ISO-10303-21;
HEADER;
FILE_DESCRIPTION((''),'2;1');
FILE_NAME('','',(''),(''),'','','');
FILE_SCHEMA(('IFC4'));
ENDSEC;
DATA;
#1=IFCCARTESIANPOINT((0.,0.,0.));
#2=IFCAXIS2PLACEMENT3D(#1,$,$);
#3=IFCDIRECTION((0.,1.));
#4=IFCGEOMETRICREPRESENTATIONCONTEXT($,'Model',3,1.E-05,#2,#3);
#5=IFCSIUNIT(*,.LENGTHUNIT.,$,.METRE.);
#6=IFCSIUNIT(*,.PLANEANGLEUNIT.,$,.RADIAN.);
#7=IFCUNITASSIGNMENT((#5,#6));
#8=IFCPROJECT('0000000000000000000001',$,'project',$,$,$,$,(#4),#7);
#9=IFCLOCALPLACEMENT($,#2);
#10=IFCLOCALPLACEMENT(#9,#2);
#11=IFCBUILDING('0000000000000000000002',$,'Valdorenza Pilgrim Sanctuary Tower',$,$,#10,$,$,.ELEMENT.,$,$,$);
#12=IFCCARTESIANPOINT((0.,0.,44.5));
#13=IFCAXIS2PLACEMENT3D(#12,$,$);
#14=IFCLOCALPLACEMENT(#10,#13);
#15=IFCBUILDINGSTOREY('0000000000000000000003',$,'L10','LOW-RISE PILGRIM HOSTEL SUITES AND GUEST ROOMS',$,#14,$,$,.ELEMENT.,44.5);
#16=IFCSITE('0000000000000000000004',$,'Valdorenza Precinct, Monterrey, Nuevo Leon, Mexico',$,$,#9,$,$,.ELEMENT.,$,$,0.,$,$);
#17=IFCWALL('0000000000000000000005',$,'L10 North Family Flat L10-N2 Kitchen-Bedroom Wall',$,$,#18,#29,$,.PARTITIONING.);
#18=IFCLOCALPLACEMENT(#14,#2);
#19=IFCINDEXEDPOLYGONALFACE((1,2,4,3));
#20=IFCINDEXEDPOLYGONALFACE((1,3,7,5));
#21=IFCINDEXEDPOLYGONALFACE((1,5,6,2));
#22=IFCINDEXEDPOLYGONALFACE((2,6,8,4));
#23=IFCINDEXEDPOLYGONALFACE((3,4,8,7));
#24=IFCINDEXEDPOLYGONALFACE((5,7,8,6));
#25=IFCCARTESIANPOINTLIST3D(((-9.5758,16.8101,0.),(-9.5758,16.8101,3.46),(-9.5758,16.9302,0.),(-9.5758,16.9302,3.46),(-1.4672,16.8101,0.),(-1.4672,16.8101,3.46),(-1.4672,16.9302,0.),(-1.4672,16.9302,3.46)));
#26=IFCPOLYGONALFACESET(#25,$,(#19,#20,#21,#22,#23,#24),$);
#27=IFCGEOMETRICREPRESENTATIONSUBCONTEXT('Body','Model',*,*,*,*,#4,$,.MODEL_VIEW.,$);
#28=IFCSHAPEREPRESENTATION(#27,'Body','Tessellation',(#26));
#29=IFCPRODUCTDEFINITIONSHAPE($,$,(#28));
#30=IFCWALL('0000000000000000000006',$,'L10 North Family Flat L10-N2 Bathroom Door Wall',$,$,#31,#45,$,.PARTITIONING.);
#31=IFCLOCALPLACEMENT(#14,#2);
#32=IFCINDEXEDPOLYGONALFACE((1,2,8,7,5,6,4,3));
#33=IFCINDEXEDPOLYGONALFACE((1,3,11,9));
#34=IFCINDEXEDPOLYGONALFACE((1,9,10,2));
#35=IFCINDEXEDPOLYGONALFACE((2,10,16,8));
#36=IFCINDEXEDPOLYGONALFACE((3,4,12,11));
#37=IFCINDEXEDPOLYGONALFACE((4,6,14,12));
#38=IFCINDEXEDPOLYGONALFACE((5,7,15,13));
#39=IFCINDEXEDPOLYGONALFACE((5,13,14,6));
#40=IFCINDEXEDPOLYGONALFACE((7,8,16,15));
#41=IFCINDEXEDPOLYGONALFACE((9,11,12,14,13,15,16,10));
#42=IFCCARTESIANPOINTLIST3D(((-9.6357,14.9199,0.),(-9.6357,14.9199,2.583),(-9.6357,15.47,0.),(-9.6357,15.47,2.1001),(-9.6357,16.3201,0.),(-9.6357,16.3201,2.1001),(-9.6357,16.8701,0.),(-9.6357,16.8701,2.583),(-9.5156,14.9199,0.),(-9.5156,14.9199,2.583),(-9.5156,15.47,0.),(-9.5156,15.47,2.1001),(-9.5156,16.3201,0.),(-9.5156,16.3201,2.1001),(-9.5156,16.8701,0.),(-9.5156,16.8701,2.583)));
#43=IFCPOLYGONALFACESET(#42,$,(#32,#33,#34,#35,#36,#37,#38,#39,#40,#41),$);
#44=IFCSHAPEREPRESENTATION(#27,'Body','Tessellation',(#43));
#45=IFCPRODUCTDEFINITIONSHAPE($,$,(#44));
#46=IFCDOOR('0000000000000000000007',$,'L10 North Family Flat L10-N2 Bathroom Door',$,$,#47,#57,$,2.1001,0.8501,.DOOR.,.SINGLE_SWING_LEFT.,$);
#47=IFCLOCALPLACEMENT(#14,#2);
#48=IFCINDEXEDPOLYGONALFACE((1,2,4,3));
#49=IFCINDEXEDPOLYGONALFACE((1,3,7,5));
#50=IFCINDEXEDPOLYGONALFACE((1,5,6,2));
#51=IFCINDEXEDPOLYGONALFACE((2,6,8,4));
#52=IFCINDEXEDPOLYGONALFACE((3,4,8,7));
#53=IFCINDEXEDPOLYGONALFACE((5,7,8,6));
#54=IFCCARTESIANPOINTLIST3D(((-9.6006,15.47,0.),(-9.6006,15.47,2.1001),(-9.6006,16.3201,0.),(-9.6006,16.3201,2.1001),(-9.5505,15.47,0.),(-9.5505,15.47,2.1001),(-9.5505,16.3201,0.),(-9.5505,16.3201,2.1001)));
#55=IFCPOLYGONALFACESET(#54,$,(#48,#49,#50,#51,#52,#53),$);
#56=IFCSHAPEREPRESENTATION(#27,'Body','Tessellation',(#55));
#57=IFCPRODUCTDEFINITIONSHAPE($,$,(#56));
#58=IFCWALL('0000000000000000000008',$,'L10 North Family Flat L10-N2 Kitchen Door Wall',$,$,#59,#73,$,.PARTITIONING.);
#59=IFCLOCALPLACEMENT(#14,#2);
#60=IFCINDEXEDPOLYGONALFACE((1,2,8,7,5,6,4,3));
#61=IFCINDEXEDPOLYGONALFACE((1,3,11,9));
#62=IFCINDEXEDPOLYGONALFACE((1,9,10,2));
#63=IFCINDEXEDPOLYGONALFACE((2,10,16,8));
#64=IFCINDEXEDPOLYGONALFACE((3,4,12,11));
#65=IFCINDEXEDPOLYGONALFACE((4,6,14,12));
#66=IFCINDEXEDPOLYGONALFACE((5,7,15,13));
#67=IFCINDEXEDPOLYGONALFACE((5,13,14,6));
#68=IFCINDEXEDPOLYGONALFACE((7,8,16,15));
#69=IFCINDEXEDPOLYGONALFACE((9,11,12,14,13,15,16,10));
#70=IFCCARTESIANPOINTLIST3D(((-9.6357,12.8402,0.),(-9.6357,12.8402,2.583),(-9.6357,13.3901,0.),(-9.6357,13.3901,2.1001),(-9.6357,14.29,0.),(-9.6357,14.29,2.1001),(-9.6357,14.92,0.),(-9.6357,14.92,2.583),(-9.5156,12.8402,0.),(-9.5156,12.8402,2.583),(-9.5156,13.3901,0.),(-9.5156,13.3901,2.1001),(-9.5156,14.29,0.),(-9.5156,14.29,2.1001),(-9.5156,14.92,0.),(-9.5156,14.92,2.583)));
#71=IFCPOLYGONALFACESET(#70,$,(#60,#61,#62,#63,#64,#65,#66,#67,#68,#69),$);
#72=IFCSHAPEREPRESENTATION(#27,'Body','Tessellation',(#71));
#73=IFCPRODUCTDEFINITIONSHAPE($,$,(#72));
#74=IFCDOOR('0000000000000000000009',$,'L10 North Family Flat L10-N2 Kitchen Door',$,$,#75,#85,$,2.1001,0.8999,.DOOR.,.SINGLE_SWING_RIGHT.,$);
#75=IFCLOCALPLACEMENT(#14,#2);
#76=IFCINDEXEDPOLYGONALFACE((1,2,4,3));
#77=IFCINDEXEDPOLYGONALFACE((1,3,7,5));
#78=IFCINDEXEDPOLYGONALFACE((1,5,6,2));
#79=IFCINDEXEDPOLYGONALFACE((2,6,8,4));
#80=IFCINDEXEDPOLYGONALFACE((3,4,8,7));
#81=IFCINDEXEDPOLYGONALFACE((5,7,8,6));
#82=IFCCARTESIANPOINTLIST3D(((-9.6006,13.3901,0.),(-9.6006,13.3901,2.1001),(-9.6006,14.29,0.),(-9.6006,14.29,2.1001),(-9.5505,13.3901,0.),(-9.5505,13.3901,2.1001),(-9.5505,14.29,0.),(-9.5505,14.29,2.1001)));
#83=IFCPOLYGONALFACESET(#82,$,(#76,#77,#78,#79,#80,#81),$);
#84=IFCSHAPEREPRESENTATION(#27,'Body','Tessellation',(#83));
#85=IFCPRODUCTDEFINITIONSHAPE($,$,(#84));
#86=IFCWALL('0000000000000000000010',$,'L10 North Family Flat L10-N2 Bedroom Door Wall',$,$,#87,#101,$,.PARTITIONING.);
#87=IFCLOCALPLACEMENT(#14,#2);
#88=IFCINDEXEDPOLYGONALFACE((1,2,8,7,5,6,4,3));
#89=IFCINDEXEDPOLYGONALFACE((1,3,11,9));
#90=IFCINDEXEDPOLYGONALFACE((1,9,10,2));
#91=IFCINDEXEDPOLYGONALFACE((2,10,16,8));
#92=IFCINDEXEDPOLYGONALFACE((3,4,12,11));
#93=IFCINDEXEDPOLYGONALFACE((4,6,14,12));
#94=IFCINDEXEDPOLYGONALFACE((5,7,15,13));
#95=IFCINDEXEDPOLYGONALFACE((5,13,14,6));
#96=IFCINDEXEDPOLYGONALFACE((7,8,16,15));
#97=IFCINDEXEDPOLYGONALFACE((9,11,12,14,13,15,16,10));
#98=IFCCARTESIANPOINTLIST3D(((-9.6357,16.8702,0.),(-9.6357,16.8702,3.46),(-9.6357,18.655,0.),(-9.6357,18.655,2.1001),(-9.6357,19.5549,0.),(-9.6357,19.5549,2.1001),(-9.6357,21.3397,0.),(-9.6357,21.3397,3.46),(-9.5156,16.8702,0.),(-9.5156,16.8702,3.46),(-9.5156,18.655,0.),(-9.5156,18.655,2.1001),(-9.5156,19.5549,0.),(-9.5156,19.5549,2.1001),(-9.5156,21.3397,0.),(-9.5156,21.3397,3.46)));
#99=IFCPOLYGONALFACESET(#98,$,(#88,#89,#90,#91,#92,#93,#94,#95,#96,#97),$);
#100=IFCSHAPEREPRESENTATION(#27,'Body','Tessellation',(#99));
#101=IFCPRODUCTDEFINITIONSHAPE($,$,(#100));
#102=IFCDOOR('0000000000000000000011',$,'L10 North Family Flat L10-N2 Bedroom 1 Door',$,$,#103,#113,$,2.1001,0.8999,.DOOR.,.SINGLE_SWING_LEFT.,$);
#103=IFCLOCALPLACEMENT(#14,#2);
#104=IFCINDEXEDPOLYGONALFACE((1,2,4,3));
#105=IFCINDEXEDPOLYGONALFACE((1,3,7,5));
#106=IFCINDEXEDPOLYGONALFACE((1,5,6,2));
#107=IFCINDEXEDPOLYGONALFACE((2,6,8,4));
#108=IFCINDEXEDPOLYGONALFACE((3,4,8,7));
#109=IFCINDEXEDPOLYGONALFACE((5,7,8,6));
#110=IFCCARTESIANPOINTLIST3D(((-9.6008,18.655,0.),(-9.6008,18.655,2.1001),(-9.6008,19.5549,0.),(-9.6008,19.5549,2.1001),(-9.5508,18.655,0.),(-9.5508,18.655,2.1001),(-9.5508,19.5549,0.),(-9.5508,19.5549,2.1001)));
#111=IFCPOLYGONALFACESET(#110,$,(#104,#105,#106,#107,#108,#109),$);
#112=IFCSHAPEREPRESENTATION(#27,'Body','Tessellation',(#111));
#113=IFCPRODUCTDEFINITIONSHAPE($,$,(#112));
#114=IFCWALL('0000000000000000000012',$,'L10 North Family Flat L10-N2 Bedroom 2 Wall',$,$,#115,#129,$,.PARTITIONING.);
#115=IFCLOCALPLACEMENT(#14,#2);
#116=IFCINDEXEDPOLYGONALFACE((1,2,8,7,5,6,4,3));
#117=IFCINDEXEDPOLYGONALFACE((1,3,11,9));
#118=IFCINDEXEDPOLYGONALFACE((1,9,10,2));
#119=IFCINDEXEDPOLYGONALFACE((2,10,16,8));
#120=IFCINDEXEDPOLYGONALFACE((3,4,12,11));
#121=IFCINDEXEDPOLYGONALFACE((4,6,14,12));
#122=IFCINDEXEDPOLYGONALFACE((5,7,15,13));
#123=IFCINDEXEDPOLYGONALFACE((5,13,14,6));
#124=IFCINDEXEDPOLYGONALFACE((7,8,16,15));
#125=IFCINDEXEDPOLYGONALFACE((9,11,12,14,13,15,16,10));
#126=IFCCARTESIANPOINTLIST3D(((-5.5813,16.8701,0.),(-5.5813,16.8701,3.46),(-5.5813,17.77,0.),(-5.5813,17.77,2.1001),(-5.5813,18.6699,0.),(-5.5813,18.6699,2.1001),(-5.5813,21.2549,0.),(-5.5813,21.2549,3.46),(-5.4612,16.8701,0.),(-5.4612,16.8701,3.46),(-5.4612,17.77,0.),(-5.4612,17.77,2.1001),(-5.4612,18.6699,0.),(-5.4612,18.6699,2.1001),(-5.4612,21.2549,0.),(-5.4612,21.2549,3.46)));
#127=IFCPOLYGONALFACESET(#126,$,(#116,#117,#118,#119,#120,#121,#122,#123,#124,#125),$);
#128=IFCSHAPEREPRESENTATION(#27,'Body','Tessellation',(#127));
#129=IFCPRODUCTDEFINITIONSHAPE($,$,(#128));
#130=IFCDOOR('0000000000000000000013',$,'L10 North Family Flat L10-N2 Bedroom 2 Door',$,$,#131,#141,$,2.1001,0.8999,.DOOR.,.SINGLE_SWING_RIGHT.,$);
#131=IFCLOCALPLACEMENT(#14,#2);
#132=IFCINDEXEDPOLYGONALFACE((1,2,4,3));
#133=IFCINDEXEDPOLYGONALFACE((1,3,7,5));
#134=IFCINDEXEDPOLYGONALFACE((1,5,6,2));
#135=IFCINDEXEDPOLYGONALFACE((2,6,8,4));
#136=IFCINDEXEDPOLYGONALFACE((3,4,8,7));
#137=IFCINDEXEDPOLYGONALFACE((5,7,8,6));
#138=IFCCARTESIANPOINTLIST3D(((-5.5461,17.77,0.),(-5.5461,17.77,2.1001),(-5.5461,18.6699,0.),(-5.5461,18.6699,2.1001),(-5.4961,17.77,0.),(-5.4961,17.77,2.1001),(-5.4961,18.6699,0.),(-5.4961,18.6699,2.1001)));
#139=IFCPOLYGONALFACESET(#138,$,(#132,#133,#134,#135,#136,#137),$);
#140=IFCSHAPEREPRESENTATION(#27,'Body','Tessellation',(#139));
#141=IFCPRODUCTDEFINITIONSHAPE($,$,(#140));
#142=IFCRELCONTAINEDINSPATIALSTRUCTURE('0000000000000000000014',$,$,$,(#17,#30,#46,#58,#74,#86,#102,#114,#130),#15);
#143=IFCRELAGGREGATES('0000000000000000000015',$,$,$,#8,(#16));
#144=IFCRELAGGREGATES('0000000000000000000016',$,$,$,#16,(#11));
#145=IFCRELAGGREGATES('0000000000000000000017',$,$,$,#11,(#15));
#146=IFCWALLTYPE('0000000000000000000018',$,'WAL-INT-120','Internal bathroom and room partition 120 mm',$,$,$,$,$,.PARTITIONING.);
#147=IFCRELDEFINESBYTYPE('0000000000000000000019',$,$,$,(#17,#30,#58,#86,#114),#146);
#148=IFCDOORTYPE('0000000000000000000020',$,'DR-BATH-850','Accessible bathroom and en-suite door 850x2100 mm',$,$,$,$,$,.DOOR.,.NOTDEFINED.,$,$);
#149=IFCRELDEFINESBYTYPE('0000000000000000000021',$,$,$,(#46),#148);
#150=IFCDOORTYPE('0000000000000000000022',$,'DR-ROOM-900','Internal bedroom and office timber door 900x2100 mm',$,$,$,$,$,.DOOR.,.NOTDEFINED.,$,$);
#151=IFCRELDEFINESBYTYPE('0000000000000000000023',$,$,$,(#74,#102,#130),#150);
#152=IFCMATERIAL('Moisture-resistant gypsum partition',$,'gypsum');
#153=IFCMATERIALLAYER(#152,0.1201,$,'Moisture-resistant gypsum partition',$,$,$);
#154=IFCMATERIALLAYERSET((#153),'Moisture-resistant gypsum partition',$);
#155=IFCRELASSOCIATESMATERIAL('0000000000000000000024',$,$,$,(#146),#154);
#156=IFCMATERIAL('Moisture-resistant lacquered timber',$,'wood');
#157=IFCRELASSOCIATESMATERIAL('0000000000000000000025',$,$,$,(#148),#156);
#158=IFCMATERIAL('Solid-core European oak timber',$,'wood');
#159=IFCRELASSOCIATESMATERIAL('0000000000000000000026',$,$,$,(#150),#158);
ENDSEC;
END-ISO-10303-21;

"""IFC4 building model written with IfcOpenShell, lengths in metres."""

from ifc_helpers import new_model, si_unit, direction, frame, frame_2d, origin, place, context, subcontext, project, spatial, rectangle, extrude, material, layer, layer_set, type_object, element, fill, save


model = new_model("IFC4")

# Units and contexts
model_context = context("Model", 3, precision=1e-05, world=origin(), true_north=direction((0.0, 1.0)))
body_context = subcontext(model_context, "Body", "Model", "MODEL_VIEW")
ifc_project = project(units=[si_unit("LENGTHUNIT", "METRE"), si_unit("PLANEANGLEUNIT", "RADIAN")], contexts=[model_context])

# Site, building, storey
site_placement = place(None, origin())
site = spatial("IfcSite", under=ifc_project, at=site_placement, Name="Valdorenza Precinct, Monterrey, Nuevo Leon, Mexico", CompositionType="ELEMENT", RefElevation=0.0)
building_placement = place(site_placement, origin())
building = spatial("IfcBuilding", under=site, at=building_placement, Name="Valdorenza Pilgrim Sanctuary Tower", CompositionType="ELEMENT")
storey_placement = place(building_placement, frame((0.0, 0.0, 44.5)))
storey = spatial("IfcBuildingStorey", under=building, at=storey_placement, Name="L10", Description="LOW-RISE PILGRIM HOSTEL SUITES AND GUEST ROOMS", CompositionType="ELEMENT", Elevation=44.5)

# Wall
ifc_material_1 = material(Name="Moisture-resistant gypsum partition", Category="gypsum")
ifc_layer_1 = layer(ifc_material_1, 0.1201, Name="Moisture-resistant gypsum partition")
ifc_layer_set_1 = layer_set([ifc_layer_1], Name="Moisture-resistant gypsum partition")
wall_type_1 = type_object("IfcWallType", Name="WAL-INT-120", Description="Internal bathroom and room partition 120 mm", PredefinedType="PARTITIONING", material=ifc_layer_set_1)
wall_1_placement = place(storey_placement, frame((-9.5757, 16.8701, 0.0), z_axis=(0.0, 0.0, 1.0), x_axis=(1.0, 0.0, 0.0)))
element("IfcWall", 1, at=wall_1_placement, inside=storey, type_object=wall_type_1, Name="L10 North Family Flat L10-N2 Kitchen-Bedroom Wall", PredefinedType="PARTITIONING", context=body_context, shape_type="SweptSolid", body=[
    extrude(rectangle(XDim=8.1086, YDim=0.1201, at=frame_2d((4.0542, 0.0))), origin(), (0.0, 0.0, 1.0), 3.46),
])

# Walls, openings, doors
wall_2_placement = place(storey_placement, frame((-9.5757, 14.9199, 0.0), z_axis=(0.0, 0.0, 1.0), x_axis=(0.0, 1.0, 0.0)))
wall_2 = element("IfcWall", 2, at=wall_2_placement, inside=storey, type_object=wall_type_1, Name="L10 North Family Flat L10-N2 Bathroom Door Wall", PredefinedType="PARTITIONING", context=body_context, shape_type="SweptSolid", body=[
    extrude(rectangle(XDim=1.9502, YDim=0.1201, at=frame_2d((0.9751, 0.0))), origin(), (0.0, 0.0, 1.0), 2.583),
])
opening_1_placement = place(wall_2_placement, frame((0.55, 0.0, 0.0)))
opening_1 = element("IfcOpeningElement", 3, at=opening_1_placement, cuts=wall_2, PredefinedType="OPENING", context=body_context, shape_type="SweptSolid", body=[
    extrude(rectangle(XDim=0.8501, YDim=2.1001, at=frame_2d((0.425, 1.05))), frame((0.0, 0.075, 0.0), z_axis=(0.0, -1.0, 0.0), x_axis=(1.0, 0.0, 0.0)), (0.0, 0.0, 1.0), 0.1499),
])
ifc_material_2 = material(Name="Moisture-resistant lacquered timber", Category="wood")
door_type_1 = type_object("IfcDoorType", Name="DR-BATH-850", Description="Accessible bathroom and en-suite door 850x2100 mm", OperationType="NOTDEFINED", PredefinedType="DOOR", material=ifc_material_2)
door_1_placement = place(opening_1_placement, origin())
door_1 = element("IfcDoor", 4, at=door_1_placement, inside=storey, type_object=door_type_1, Name="L10 North Family Flat L10-N2 Bathroom Door", OperationType="SINGLE_SWING_LEFT", OverallHeight=2.1001, OverallWidth=0.8501, PredefinedType="DOOR", context=body_context, shape_type="SweptSolid", body=[
    extrude(rectangle(XDim=0.8501, YDim=2.1001, at=frame_2d((0.425, 1.05))), frame((0.0, 0.0249, 0.0), z_axis=(0.0, -1.0, 0.0), x_axis=(1.0, 0.0, 0.0)), (0.0, 0.0, 1.0), 0.05),
])
fill(opening_1, door_1)
wall_3_placement = place(storey_placement, frame((-9.5757, 12.8401, 0.0), z_axis=(0.0, 0.0, 1.0), x_axis=(0.0, 1.0, 0.0)))
wall_3 = element("IfcWall", 5, at=wall_3_placement, inside=storey, type_object=wall_type_1, Name="L10 North Family Flat L10-N2 Kitchen Door Wall", PredefinedType="PARTITIONING", context=body_context, shape_type="SweptSolid", body=[
    extrude(rectangle(XDim=2.0798, YDim=0.1201, at=frame_2d((1.04, 0.0))), origin(), (0.0, 0.0, 1.0), 2.583),
])
opening_2_placement = place(wall_3_placement, frame((0.55, 0.0, 0.0)))
opening_2 = element("IfcOpeningElement", 6, at=opening_2_placement, cuts=wall_3, PredefinedType="OPENING", context=body_context, shape_type="SweptSolid", body=[
    extrude(rectangle(XDim=0.8999, YDim=2.1001, at=frame_2d((0.45, 1.05))), frame((0.0, 0.075, 0.0), z_axis=(0.0, -1.0, 0.0), x_axis=(1.0, 0.0, 0.0)), (0.0, 0.0, 1.0), 0.1499),
])
ifc_material_3 = material(Name="Solid-core European oak timber", Category="wood")
door_type_2 = type_object("IfcDoorType", Name="DR-ROOM-900", Description="Internal bedroom and office timber door 900x2100 mm", OperationType="NOTDEFINED", PredefinedType="DOOR", material=ifc_material_3)
door_2_placement = place(opening_2_placement, origin())
door_2 = element("IfcDoor", 7, at=door_2_placement, inside=storey, type_object=door_type_2, Name="L10 North Family Flat L10-N2 Kitchen Door", OperationType="SINGLE_SWING_RIGHT", OverallHeight=2.1001, OverallWidth=0.8999, PredefinedType="DOOR", context=body_context, shape_type="SweptSolid", body=[
    extrude(rectangle(XDim=0.8999, YDim=2.1001, at=frame_2d((0.45, 1.05))), frame((0.0, 0.0249, 0.0), z_axis=(0.0, -1.0, 0.0), x_axis=(1.0, 0.0, 0.0)), (0.0, 0.0, 1.0), 0.05),
])
fill(opening_2, door_2)
wall_4_placement = place(storey_placement, frame((-9.5757, 16.8701, 0.0), z_axis=(0.0, 0.0, 1.0), x_axis=(0.0, 1.0, 0.0)))
wall_4 = element("IfcWall", 8, at=wall_4_placement, inside=storey, type_object=wall_type_1, Name="L10 North Family Flat L10-N2 Bedroom Door Wall", PredefinedType="PARTITIONING", context=body_context, shape_type="SweptSolid", body=[
    extrude(rectangle(XDim=4.4695, YDim=0.1201, at=frame_2d((2.2349, 0.0))), origin(), (0.0, 0.0, 1.0), 3.46),
])
opening_3_placement = place(wall_4_placement, frame((1.7849, 0.0, 0.0)))
opening_3 = element("IfcOpeningElement", 9, at=opening_3_placement, cuts=wall_4, PredefinedType="OPENING", context=body_context, shape_type="SweptSolid", body=[
    extrude(rectangle(XDim=0.8999, YDim=2.1001, at=frame_2d((0.45, 1.05))), frame((0.0, 0.075, 0.0), z_axis=(0.0, -1.0, 0.0), x_axis=(1.0, 0.0, 0.0)), (0.0, 0.0, 1.0), 0.1499),
])
door_3_placement = place(opening_3_placement, frame((0.8999, 0.0, 0.0), z_axis=(0.0, 0.0, 1.0), x_axis=(-1.0, 0.0, 0.0)))
door_3 = element("IfcDoor", 10, at=door_3_placement, inside=storey, type_object=door_type_2, Name="L10 North Family Flat L10-N2 Bedroom 1 Door", OperationType="SINGLE_SWING_LEFT", OverallHeight=2.1001, OverallWidth=0.8999, PredefinedType="DOOR", context=body_context, shape_type="SweptSolid", body=[
    extrude(rectangle(XDim=0.8999, YDim=2.1001, at=frame_2d((0.45, 1.05))), frame((0.0, 0.0249, 0.0), z_axis=(0.0, -1.0, 0.0), x_axis=(1.0, 0.0, 0.0)), (0.0, 0.0, 1.0), 0.05),
])
fill(opening_3, door_3)
wall_5_placement = place(storey_placement, frame((-5.5212, 16.8701, 0.0), z_axis=(0.0, 0.0, 1.0), x_axis=(0.0, 1.0, 0.0)))
wall_5 = element("IfcWall", 11, at=wall_5_placement, inside=storey, type_object=wall_type_1, Name="L10 North Family Flat L10-N2 Bedroom 2 Wall", PredefinedType="PARTITIONING", context=body_context, shape_type="SweptSolid", body=[
    extrude(rectangle(XDim=4.3848, YDim=0.1201, at=frame_2d((2.1924, 0.0))), origin(), (0.0, 0.0, 1.0), 3.46),
])
opening_4_placement = place(wall_5_placement, frame((0.8999, 0.0, 0.0)))
opening_4 = element("IfcOpeningElement", 12, at=opening_4_placement, cuts=wall_5, PredefinedType="OPENING", context=body_context, shape_type="SweptSolid", body=[
    extrude(rectangle(XDim=0.8999, YDim=2.1001, at=frame_2d((0.45, 1.05))), frame((0.0, 0.075, 0.0), z_axis=(0.0, -1.0, 0.0), x_axis=(1.0, 0.0, 0.0)), (0.0, 0.0, 1.0), 0.1499),
])
door_4_placement = place(opening_4_placement, origin())
door_4 = element("IfcDoor", 13, at=door_4_placement, inside=storey, type_object=door_type_2, Name="L10 North Family Flat L10-N2 Bedroom 2 Door", OperationType="SINGLE_SWING_RIGHT", OverallHeight=2.1001, OverallWidth=0.8999, PredefinedType="DOOR", context=body_context, shape_type="SweptSolid", body=[
    extrude(rectangle(XDim=0.8999, YDim=2.1001, at=frame_2d((0.45, 1.05))), frame((0.0, 0.0249, 0.0), z_axis=(0.0, -1.0, 0.0), x_axis=(1.0, 0.0, 0.0)), (0.0, 0.0, 1.0), 0.05),
])
fill(opening_4, door_4)

save(model, "model.ifc")
